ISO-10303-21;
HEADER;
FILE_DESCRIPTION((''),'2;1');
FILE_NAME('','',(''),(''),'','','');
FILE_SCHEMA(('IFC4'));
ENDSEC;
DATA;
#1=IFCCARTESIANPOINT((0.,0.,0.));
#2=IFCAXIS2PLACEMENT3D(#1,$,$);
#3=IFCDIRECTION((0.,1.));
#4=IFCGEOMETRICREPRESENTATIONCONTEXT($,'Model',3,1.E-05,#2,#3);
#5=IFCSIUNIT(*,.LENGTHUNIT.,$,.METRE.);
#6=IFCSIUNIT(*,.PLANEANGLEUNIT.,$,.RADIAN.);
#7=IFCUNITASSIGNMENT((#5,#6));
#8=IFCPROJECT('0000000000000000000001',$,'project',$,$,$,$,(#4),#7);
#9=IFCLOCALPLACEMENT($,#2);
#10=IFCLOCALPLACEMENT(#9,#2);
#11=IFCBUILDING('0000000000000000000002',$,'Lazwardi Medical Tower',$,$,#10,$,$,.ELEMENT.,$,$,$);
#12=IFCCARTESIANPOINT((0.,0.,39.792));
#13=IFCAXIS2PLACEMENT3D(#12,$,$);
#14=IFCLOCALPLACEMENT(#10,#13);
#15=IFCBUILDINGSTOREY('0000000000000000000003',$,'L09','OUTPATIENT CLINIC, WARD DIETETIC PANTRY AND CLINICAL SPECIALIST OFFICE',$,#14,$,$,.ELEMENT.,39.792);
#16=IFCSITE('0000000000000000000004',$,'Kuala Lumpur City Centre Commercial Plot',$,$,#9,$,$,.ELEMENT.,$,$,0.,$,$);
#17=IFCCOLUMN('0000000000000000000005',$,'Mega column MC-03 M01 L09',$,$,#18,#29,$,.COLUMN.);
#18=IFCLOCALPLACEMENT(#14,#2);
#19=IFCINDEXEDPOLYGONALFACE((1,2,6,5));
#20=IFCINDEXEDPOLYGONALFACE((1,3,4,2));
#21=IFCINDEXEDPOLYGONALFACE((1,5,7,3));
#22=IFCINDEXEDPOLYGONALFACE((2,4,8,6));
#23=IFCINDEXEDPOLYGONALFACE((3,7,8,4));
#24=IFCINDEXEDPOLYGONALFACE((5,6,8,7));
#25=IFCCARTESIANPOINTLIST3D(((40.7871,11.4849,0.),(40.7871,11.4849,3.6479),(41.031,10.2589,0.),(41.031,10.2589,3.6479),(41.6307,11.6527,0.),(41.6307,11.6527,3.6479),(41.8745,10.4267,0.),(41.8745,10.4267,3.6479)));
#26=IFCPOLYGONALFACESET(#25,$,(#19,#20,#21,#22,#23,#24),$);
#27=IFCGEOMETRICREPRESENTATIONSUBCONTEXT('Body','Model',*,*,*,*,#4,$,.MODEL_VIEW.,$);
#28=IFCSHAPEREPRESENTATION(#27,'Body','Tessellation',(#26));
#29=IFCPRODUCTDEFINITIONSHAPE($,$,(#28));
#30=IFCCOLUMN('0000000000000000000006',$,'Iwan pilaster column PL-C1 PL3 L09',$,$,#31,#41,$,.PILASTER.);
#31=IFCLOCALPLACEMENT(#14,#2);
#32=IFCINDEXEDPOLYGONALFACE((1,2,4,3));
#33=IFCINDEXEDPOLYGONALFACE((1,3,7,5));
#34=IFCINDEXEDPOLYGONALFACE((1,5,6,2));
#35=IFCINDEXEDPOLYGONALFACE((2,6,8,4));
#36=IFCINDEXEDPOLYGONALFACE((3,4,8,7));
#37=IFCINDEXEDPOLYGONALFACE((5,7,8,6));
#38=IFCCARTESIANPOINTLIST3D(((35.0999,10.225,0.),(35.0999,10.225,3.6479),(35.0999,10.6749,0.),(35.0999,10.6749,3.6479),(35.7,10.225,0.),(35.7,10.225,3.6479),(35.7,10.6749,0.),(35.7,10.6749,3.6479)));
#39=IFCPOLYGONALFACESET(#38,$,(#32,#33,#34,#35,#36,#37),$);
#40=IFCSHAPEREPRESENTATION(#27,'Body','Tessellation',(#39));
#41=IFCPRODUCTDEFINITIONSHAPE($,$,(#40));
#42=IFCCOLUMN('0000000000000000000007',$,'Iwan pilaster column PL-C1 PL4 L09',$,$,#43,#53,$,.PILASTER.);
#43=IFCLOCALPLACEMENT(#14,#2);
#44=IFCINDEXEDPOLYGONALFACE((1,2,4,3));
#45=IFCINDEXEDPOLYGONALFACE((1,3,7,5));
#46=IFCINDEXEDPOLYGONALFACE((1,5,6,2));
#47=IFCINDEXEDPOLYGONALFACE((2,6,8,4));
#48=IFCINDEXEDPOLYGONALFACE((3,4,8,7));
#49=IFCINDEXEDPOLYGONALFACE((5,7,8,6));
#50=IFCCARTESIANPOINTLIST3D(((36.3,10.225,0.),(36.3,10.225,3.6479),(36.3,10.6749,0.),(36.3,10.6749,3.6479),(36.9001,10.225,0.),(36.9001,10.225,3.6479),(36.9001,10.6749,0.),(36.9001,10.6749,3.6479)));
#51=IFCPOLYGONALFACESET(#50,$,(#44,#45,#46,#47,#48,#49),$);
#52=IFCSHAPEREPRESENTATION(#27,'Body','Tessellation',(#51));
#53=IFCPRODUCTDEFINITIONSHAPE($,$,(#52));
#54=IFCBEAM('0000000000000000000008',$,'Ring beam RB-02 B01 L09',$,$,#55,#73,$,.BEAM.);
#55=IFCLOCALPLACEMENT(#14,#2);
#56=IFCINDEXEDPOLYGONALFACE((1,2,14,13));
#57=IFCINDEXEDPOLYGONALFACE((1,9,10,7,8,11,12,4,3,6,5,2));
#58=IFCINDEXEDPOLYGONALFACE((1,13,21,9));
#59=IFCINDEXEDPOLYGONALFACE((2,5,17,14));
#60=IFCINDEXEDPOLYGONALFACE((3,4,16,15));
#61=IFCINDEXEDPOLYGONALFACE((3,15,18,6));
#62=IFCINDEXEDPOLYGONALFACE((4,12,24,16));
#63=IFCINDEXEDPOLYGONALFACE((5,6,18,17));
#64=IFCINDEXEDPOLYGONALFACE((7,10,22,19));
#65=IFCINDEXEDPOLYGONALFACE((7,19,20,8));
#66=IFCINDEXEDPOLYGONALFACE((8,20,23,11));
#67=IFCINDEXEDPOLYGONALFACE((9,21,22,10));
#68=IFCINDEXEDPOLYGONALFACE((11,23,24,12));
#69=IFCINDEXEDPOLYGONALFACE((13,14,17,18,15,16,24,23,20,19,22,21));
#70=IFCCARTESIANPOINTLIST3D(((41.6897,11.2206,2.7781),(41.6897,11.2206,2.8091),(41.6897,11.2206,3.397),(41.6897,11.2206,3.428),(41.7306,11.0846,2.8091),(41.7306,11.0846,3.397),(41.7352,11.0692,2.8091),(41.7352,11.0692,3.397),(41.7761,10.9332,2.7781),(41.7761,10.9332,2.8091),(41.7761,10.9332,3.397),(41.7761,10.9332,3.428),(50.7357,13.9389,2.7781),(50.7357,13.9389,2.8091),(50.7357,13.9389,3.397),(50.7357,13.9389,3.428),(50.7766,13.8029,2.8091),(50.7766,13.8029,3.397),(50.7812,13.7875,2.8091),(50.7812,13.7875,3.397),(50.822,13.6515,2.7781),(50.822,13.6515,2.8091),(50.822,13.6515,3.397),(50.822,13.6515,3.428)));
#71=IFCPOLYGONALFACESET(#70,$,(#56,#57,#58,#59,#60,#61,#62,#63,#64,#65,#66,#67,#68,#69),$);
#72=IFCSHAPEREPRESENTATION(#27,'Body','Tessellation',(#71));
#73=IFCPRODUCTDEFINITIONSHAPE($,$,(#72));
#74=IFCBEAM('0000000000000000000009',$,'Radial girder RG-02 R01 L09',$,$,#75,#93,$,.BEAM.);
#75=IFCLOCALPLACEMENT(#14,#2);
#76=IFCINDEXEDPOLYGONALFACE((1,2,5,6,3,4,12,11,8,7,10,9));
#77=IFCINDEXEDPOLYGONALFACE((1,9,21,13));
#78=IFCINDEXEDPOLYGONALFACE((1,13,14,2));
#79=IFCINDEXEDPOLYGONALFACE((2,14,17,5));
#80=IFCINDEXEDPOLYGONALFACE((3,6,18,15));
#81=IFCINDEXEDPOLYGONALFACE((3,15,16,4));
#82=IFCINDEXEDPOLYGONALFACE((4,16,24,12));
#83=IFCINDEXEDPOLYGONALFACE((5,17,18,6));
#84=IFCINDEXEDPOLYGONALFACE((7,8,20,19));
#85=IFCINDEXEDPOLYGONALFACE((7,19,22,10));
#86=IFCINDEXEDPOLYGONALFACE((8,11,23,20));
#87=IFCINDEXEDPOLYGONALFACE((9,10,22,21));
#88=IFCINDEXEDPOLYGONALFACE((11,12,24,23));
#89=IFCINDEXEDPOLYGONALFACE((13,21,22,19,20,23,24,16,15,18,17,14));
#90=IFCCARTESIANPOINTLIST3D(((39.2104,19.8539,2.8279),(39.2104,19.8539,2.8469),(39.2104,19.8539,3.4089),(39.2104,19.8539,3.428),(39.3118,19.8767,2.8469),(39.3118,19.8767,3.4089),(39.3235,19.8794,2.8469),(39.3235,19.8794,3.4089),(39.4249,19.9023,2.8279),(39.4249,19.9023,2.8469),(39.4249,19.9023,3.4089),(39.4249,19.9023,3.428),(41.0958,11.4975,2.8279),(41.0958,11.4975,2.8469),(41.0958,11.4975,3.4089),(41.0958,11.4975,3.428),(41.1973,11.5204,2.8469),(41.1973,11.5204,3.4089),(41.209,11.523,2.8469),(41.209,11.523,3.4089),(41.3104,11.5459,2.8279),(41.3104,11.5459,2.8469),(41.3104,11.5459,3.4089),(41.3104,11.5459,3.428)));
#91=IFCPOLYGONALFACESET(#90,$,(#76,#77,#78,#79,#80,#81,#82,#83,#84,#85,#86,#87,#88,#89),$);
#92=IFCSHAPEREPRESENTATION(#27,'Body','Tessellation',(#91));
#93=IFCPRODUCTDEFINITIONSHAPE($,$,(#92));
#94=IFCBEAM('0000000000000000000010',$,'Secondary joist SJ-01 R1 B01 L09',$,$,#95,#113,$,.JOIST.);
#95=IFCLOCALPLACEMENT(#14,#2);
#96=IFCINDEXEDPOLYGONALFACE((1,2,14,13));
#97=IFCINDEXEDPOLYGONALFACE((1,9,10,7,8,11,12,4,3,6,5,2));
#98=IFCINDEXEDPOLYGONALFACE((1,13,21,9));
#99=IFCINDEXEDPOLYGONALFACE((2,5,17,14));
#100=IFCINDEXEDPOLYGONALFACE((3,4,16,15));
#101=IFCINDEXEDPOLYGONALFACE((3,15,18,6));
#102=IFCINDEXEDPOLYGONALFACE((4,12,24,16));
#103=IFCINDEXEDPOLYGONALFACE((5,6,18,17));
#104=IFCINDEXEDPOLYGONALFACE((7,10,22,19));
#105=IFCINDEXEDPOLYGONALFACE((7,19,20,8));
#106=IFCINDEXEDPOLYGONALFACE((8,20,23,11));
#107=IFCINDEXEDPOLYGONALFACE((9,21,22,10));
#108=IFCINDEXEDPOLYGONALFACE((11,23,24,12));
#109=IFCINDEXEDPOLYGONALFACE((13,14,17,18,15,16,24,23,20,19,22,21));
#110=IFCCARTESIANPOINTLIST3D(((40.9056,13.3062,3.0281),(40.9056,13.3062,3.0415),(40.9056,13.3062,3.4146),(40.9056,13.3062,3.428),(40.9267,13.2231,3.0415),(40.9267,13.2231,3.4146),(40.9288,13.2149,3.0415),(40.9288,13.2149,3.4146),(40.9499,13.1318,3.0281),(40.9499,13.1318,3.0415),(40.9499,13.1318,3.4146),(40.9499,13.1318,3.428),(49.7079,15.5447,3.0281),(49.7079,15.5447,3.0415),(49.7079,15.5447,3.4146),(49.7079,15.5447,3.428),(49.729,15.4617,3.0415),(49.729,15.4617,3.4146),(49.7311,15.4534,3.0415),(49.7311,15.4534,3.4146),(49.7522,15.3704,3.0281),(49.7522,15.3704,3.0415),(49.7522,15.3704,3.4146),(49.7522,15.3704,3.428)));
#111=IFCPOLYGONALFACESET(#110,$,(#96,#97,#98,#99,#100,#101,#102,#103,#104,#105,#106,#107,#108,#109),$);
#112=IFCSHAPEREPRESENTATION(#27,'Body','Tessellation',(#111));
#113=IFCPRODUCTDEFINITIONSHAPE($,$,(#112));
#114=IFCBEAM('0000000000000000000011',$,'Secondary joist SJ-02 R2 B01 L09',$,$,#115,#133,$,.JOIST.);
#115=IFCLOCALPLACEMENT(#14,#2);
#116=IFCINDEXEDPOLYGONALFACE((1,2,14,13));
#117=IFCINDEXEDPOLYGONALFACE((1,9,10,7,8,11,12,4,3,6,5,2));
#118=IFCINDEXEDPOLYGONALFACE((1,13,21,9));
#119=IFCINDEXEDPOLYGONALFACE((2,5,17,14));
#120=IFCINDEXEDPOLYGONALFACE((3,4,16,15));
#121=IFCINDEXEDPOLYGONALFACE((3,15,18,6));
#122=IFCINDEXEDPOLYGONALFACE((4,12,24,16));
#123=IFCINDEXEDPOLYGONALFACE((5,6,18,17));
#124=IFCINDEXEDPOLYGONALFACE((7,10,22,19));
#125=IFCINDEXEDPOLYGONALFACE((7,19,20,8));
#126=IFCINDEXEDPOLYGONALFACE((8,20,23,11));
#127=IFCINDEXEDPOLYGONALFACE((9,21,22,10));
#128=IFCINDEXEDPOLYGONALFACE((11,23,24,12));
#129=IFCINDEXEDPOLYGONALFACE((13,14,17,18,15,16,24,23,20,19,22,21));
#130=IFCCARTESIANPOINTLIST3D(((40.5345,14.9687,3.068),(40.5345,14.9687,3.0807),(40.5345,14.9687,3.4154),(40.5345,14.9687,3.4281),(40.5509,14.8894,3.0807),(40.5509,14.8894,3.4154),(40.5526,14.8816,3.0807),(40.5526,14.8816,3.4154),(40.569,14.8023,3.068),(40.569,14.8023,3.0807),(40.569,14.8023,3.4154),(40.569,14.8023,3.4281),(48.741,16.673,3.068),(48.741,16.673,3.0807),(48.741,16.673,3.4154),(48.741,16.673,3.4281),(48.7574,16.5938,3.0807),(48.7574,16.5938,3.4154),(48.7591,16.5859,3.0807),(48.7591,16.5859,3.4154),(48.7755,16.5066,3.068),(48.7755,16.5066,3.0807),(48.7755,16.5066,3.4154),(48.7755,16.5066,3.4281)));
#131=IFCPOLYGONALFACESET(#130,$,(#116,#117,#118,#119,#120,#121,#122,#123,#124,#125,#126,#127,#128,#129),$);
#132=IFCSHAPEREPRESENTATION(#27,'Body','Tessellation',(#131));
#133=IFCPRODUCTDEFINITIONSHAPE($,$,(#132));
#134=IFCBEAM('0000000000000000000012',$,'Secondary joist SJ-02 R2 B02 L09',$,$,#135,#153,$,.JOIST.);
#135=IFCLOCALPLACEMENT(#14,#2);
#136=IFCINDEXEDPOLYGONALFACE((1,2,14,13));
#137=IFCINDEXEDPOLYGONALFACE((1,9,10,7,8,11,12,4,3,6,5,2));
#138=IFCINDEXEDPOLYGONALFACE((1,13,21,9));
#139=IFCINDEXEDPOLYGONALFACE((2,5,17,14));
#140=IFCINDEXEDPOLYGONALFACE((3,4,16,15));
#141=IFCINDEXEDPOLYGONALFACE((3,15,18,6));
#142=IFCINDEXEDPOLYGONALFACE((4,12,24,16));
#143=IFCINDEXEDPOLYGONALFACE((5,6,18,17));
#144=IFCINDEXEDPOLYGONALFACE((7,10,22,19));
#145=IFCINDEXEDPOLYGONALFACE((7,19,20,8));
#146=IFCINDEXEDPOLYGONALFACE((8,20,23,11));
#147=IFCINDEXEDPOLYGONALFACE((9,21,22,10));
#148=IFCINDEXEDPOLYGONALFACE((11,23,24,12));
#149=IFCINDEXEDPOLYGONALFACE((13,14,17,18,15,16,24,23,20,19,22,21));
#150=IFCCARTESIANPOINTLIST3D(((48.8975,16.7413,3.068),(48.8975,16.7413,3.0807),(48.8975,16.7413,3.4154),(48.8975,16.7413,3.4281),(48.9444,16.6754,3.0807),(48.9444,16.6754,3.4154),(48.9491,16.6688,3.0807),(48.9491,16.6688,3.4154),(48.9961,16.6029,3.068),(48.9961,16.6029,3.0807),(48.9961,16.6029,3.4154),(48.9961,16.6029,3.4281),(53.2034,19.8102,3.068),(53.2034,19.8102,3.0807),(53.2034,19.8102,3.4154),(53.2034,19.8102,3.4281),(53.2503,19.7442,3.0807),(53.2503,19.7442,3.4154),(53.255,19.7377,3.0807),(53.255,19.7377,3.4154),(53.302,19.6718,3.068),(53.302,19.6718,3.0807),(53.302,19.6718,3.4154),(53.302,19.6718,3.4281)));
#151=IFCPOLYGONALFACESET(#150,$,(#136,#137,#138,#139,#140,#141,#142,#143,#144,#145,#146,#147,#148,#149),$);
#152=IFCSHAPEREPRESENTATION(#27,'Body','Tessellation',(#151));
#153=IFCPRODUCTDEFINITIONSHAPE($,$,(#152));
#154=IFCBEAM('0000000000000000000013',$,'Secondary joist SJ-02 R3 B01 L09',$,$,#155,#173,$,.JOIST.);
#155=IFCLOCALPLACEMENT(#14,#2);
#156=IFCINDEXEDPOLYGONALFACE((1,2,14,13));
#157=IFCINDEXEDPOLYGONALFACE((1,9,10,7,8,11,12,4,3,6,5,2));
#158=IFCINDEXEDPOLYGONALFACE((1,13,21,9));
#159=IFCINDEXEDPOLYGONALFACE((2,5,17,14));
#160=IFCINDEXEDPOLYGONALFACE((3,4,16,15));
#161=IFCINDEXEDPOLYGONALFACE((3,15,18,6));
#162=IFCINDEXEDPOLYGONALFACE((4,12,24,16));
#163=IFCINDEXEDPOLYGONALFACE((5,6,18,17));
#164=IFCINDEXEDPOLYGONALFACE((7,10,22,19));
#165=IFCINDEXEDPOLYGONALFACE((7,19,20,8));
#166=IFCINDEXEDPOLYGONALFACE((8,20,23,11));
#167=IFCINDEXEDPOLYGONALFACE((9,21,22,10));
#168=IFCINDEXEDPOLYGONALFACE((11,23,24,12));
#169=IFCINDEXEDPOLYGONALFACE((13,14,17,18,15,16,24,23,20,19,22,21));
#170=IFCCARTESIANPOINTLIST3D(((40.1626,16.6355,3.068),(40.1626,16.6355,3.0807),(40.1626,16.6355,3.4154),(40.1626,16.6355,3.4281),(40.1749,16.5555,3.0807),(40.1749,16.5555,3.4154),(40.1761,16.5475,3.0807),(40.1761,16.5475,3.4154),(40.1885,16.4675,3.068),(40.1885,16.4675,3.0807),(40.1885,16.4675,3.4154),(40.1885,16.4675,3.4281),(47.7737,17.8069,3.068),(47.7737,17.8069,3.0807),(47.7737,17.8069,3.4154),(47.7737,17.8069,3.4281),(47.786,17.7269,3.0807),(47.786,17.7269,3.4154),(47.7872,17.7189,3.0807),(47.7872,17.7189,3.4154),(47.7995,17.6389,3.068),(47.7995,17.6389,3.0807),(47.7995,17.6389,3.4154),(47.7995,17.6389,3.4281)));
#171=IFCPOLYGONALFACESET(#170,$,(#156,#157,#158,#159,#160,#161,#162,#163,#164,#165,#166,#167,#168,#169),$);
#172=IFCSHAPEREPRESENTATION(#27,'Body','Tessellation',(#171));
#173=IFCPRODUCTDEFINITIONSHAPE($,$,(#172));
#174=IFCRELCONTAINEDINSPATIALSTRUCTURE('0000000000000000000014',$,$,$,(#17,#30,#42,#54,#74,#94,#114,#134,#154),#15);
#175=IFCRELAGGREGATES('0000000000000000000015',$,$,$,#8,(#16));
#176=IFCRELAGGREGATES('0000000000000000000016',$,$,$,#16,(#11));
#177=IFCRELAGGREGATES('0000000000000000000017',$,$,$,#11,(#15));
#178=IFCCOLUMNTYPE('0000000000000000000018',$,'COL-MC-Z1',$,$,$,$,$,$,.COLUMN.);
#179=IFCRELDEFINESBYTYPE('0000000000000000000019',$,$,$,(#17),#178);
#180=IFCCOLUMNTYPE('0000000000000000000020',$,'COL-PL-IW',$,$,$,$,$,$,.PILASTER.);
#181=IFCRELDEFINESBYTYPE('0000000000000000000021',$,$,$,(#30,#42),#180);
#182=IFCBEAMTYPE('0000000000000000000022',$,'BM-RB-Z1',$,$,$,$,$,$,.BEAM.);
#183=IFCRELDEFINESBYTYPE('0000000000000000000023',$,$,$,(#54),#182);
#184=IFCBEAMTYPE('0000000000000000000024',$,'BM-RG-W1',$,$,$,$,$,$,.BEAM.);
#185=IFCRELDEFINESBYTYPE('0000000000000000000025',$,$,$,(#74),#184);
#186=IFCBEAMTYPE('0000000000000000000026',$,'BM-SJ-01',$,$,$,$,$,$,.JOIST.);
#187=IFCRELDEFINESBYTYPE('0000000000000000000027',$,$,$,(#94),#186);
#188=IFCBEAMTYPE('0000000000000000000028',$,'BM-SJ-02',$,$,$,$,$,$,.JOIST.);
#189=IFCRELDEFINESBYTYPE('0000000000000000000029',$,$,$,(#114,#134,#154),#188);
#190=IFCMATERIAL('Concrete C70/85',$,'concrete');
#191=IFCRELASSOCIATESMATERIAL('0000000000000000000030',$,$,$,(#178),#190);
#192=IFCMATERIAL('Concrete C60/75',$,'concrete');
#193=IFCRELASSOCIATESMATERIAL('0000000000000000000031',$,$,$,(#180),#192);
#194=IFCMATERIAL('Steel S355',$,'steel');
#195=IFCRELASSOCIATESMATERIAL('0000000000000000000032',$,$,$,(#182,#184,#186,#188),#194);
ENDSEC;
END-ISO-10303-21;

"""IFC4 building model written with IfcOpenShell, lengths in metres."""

from ifc_helpers import new_model, si_unit, direction, frame, origin, origin_2d, place, context, subcontext, project, spatial, rectangle, i_section, extrude, material, material_profile, profile_set, type_object, element, save


model = new_model("IFC4")

# Units and contexts
model_context = context("Model", 3, precision=1e-05, world=origin(), true_north=direction((0.0, 1.0)))
body_context = subcontext(model_context, "Body", "Model", "MODEL_VIEW")
ifc_project = project(units=[si_unit("LENGTHUNIT", "METRE"), si_unit("PLANEANGLEUNIT", "RADIAN")], contexts=[model_context])

# Site, building, storey
site_placement = place(None, origin())
site = spatial("IfcSite", under=ifc_project, at=site_placement, Name="Kuala Lumpur City Centre Commercial Plot", CompositionType="ELEMENT", RefElevation=0.0)
building_placement = place(site_placement, origin())
building = spatial("IfcBuilding", under=site, at=building_placement, Name="Lazwardi Medical Tower", CompositionType="ELEMENT")
storey_placement = place(building_placement, frame((0.0, 0.0, 39.792)))
storey = spatial("IfcBuildingStorey", under=building, at=storey_placement, Name="L09", Description="OUTPATIENT CLINIC, WARD DIETETIC PANTRY AND CLINICAL SPECIALIST OFFICE", CompositionType="ELEMENT", Elevation=39.792)

# Columns
ifc_material_1 = material(Name="Concrete C70/85", Category="concrete")
ifc_material_profile_1 = material_profile(ifc_material_1, rectangle(XDim=1.25, YDim=0.8601, at=origin_2d()), Name="CFT-RECT 1250x860")
ifc_profile_set_1 = profile_set([ifc_material_profile_1], Name="Concrete C70/85")
column_type_1 = type_object("IfcColumnType", Name="COL-MC-Z1", PredefinedType="COLUMN", material=ifc_profile_set_1)
column_placement = place(storey_placement, frame((41.3308, 10.9558, 0.0), z_axis=(0.0, 0.0, 1.0), x_axis=(0.19509, -0.980785, 0.0)))
element("IfcColumn", 1, at=column_placement, inside=storey, type_object=column_type_1, Name="Mega column MC-03 M01 L09", PredefinedType="COLUMN", context=body_context, shape_type="SweptSolid", body=[
    extrude(rectangle(XDim=1.25, YDim=0.8601, at=origin_2d()), origin(), (0.0, 0.0, 1.0), 3.6479),
])
ifc_material_2 = material(Name="Concrete C60/75", Category="concrete")
ifc_material_profile_2 = material_profile(ifc_material_2, rectangle(XDim=0.6001, YDim=0.45, at=origin_2d()), Name="RC 600x450")
ifc_profile_set_2 = profile_set([ifc_material_profile_2], Name="Concrete C60/75")
column_type_2 = type_object("IfcColumnType", Name="COL-PL-IW", PredefinedType="PILASTER", material=ifc_profile_set_2)
for number, where, z_axis, x_axis, name in (
    (2, (35.3999, 10.45, 0.0), (0.0, 0.0, 1.0), (1.0, 0.0, 0.0), "Iwan pilaster column PL-C1 PL3 L09"),
    (3, (36.6001, 10.45, 0.0), (0.0, 0.0, 1.0), (1.0, 0.0, 0.0), "Iwan pilaster column PL-C1 PL4 L09"),
):
    element("IfcColumn", number, at=place(storey_placement, frame(where, z_axis=z_axis, x_axis=x_axis)), inside=storey, type_object=column_type_2, Name=name, PredefinedType="PILASTER", context=body_context, shape_type="SweptSolid", body=[
        extrude(rectangle(XDim=0.6001, YDim=0.45, at=origin_2d()), origin(), (0.0, 0.0, 1.0), 3.6479),
    ])

# Beams
ifc_material_3 = material(Name="Steel S355", Category="steel")
ifc_material_profile_3 = material_profile(ifc_material_3, i_section(OverallWidth=0.3, OverallDepth=0.6499, WebThickness=0.0161, FlangeThickness=0.031, at=origin_2d()), Name="HEB 650")
ifc_profile_set_3 = profile_set([ifc_material_profile_3], Name="Steel S355")
beam_type_1 = type_object("IfcBeamType", Name="BM-RB-Z1", PredefinedType="BEAM", material=ifc_profile_set_3)
beam_1_placement = place(storey_placement, frame((41.7329, 11.0769, 3.103), z_axis=(0.957695, 0.287784, 0.0), x_axis=(-0.287784, 0.957695, 0.0)))
element("IfcBeam", 4, at=beam_1_placement, inside=storey, type_object=beam_type_1, Name="Ring beam RB-02 B01 L09", PredefinedType="BEAM", context=body_context, shape_type="SweptSolid", body=[
    extrude(i_section(OverallWidth=0.3, OverallDepth=0.6499, WebThickness=0.0161, FlangeThickness=0.031, at=origin_2d()), origin(), (0.0, 0.0, 1.0), 9.4456),
])
ifc_material_profile_4 = material_profile(ifc_material_3, i_section(OverallWidth=0.22, OverallDepth=0.6001, WebThickness=0.012, FlangeThickness=0.019, at=origin_2d()), Name="IPE 600")
ifc_profile_set_4 = profile_set([ifc_material_profile_4], Name="Steel S355")
beam_type_2 = type_object("IfcBeamType", Name="BM-RG-W1", PredefinedType="BEAM", material=ifc_profile_set_4)
beam_2_placement = place(storey_placement, frame((41.2031, 11.5217, 3.1279), z_axis=(-0.220101, 0.975477, 0.0), x_axis=(-0.975477, -0.220101, 0.0)))
element("IfcBeam", 5, at=beam_2_placement, inside=storey, type_object=beam_type_2, Name="Radial girder RG-02 R01 L09", PredefinedType="BEAM", context=body_context, shape_type="SweptSolid", body=[
    extrude(i_section(OverallWidth=0.22, OverallDepth=0.6001, WebThickness=0.012, FlangeThickness=0.019, at=origin_2d()), origin(), (0.0, 0.0, 1.0), 8.5664),
])
ifc_material_profile_5 = material_profile(ifc_material_3, i_section(OverallWidth=0.1799, OverallDepth=0.3999, WebThickness=0.0085, FlangeThickness=0.0134, at=origin_2d()), Name="IPE 400")
ifc_profile_set_5 = profile_set([ifc_material_profile_5], Name="Steel S355")
beam_type_3 = type_object("IfcBeamType", Name="BM-SJ-01", PredefinedType="JOIST", material=ifc_profile_set_5)
beam_3_placement = place(storey_placement, frame((40.9277, 13.219, 3.228), z_axis=(0.969151, 0.246468, 0.0), x_axis=(-0.246468, 0.969151, 0.0)))
element("IfcBeam", 6, at=beam_3_placement, inside=storey, type_object=beam_type_3, Name="Secondary joist SJ-01 R1 B01 L09", PredefinedType="JOIST", context=body_context, shape_type="SweptSolid", body=[
    extrude(i_section(OverallWidth=0.1799, OverallDepth=0.3999, WebThickness=0.0085, FlangeThickness=0.0134, at=origin_2d()), origin(), (0.0, 0.0, 1.0), 9.0825),
])
ifc_material_profile_6 = material_profile(ifc_material_3, i_section(OverallWidth=0.1699, OverallDepth=0.3601, WebThickness=0.0081, FlangeThickness=0.0127, at=origin_2d()), Name="IPE 360")
ifc_profile_set_6 = profile_set([ifc_material_profile_6], Name="Steel S355")
beam_type_4 = type_object("IfcBeamType", Name="BM-SJ-02", PredefinedType="JOIST", material=ifc_profile_set_6)
beam_4_placement = place(storey_placement, frame((40.5518, 14.8855, 3.248), z_axis=(0.979108, 0.203342, 0.0), x_axis=(-0.203342, 0.979108, 0.0)))
element("IfcBeam", 7, at=beam_4_placement, inside=storey, type_object=beam_type_4, Name="Secondary joist SJ-02 R2 B01 L09", PredefinedType="JOIST", context=body_context, shape_type="SweptSolid", body=[
    extrude(i_section(OverallWidth=0.1699, OverallDepth=0.3601, WebThickness=0.0081, FlangeThickness=0.0127, at=origin_2d()), origin(), (0.0, 0.0, 1.0), 8.3816),
])
beam_5_placement = place(storey_placement, frame((48.9468, 16.6721, 3.248), z_axis=(0.814341, 0.580386, 0.0), x_axis=(-0.580386, 0.814341, 0.0)))
element("IfcBeam", 8, at=beam_5_placement, inside=storey, type_object=beam_type_4, Name="Secondary joist SJ-02 R2 B02 L09", PredefinedType="JOIST", context=body_context, shape_type="SweptSolid", body=[
    extrude(i_section(OverallWidth=0.1699, OverallDepth=0.3601, WebThickness=0.0081, FlangeThickness=0.0127, at=origin_2d()), origin(), (0.0, 0.0, 1.0), 5.2876),
])
beam_6_placement = place(storey_placement, frame((40.1755, 16.5515, 3.248), z_axis=(0.988363, 0.152114, 0.0), x_axis=(-0.152114, 0.988363, 0.0)))
element("IfcBeam", 9, at=beam_6_placement, inside=storey, type_object=beam_type_4, Name="Secondary joist SJ-02 R3 B01 L09", PredefinedType="JOIST", context=body_context, shape_type="SweptSolid", body=[
    extrude(i_section(OverallWidth=0.1699, OverallDepth=0.3601, WebThickness=0.0081, FlangeThickness=0.0127, at=origin_2d()), origin(), (0.0, 0.0, 1.0), 7.7007),
])

save(model, "model.ifc")
